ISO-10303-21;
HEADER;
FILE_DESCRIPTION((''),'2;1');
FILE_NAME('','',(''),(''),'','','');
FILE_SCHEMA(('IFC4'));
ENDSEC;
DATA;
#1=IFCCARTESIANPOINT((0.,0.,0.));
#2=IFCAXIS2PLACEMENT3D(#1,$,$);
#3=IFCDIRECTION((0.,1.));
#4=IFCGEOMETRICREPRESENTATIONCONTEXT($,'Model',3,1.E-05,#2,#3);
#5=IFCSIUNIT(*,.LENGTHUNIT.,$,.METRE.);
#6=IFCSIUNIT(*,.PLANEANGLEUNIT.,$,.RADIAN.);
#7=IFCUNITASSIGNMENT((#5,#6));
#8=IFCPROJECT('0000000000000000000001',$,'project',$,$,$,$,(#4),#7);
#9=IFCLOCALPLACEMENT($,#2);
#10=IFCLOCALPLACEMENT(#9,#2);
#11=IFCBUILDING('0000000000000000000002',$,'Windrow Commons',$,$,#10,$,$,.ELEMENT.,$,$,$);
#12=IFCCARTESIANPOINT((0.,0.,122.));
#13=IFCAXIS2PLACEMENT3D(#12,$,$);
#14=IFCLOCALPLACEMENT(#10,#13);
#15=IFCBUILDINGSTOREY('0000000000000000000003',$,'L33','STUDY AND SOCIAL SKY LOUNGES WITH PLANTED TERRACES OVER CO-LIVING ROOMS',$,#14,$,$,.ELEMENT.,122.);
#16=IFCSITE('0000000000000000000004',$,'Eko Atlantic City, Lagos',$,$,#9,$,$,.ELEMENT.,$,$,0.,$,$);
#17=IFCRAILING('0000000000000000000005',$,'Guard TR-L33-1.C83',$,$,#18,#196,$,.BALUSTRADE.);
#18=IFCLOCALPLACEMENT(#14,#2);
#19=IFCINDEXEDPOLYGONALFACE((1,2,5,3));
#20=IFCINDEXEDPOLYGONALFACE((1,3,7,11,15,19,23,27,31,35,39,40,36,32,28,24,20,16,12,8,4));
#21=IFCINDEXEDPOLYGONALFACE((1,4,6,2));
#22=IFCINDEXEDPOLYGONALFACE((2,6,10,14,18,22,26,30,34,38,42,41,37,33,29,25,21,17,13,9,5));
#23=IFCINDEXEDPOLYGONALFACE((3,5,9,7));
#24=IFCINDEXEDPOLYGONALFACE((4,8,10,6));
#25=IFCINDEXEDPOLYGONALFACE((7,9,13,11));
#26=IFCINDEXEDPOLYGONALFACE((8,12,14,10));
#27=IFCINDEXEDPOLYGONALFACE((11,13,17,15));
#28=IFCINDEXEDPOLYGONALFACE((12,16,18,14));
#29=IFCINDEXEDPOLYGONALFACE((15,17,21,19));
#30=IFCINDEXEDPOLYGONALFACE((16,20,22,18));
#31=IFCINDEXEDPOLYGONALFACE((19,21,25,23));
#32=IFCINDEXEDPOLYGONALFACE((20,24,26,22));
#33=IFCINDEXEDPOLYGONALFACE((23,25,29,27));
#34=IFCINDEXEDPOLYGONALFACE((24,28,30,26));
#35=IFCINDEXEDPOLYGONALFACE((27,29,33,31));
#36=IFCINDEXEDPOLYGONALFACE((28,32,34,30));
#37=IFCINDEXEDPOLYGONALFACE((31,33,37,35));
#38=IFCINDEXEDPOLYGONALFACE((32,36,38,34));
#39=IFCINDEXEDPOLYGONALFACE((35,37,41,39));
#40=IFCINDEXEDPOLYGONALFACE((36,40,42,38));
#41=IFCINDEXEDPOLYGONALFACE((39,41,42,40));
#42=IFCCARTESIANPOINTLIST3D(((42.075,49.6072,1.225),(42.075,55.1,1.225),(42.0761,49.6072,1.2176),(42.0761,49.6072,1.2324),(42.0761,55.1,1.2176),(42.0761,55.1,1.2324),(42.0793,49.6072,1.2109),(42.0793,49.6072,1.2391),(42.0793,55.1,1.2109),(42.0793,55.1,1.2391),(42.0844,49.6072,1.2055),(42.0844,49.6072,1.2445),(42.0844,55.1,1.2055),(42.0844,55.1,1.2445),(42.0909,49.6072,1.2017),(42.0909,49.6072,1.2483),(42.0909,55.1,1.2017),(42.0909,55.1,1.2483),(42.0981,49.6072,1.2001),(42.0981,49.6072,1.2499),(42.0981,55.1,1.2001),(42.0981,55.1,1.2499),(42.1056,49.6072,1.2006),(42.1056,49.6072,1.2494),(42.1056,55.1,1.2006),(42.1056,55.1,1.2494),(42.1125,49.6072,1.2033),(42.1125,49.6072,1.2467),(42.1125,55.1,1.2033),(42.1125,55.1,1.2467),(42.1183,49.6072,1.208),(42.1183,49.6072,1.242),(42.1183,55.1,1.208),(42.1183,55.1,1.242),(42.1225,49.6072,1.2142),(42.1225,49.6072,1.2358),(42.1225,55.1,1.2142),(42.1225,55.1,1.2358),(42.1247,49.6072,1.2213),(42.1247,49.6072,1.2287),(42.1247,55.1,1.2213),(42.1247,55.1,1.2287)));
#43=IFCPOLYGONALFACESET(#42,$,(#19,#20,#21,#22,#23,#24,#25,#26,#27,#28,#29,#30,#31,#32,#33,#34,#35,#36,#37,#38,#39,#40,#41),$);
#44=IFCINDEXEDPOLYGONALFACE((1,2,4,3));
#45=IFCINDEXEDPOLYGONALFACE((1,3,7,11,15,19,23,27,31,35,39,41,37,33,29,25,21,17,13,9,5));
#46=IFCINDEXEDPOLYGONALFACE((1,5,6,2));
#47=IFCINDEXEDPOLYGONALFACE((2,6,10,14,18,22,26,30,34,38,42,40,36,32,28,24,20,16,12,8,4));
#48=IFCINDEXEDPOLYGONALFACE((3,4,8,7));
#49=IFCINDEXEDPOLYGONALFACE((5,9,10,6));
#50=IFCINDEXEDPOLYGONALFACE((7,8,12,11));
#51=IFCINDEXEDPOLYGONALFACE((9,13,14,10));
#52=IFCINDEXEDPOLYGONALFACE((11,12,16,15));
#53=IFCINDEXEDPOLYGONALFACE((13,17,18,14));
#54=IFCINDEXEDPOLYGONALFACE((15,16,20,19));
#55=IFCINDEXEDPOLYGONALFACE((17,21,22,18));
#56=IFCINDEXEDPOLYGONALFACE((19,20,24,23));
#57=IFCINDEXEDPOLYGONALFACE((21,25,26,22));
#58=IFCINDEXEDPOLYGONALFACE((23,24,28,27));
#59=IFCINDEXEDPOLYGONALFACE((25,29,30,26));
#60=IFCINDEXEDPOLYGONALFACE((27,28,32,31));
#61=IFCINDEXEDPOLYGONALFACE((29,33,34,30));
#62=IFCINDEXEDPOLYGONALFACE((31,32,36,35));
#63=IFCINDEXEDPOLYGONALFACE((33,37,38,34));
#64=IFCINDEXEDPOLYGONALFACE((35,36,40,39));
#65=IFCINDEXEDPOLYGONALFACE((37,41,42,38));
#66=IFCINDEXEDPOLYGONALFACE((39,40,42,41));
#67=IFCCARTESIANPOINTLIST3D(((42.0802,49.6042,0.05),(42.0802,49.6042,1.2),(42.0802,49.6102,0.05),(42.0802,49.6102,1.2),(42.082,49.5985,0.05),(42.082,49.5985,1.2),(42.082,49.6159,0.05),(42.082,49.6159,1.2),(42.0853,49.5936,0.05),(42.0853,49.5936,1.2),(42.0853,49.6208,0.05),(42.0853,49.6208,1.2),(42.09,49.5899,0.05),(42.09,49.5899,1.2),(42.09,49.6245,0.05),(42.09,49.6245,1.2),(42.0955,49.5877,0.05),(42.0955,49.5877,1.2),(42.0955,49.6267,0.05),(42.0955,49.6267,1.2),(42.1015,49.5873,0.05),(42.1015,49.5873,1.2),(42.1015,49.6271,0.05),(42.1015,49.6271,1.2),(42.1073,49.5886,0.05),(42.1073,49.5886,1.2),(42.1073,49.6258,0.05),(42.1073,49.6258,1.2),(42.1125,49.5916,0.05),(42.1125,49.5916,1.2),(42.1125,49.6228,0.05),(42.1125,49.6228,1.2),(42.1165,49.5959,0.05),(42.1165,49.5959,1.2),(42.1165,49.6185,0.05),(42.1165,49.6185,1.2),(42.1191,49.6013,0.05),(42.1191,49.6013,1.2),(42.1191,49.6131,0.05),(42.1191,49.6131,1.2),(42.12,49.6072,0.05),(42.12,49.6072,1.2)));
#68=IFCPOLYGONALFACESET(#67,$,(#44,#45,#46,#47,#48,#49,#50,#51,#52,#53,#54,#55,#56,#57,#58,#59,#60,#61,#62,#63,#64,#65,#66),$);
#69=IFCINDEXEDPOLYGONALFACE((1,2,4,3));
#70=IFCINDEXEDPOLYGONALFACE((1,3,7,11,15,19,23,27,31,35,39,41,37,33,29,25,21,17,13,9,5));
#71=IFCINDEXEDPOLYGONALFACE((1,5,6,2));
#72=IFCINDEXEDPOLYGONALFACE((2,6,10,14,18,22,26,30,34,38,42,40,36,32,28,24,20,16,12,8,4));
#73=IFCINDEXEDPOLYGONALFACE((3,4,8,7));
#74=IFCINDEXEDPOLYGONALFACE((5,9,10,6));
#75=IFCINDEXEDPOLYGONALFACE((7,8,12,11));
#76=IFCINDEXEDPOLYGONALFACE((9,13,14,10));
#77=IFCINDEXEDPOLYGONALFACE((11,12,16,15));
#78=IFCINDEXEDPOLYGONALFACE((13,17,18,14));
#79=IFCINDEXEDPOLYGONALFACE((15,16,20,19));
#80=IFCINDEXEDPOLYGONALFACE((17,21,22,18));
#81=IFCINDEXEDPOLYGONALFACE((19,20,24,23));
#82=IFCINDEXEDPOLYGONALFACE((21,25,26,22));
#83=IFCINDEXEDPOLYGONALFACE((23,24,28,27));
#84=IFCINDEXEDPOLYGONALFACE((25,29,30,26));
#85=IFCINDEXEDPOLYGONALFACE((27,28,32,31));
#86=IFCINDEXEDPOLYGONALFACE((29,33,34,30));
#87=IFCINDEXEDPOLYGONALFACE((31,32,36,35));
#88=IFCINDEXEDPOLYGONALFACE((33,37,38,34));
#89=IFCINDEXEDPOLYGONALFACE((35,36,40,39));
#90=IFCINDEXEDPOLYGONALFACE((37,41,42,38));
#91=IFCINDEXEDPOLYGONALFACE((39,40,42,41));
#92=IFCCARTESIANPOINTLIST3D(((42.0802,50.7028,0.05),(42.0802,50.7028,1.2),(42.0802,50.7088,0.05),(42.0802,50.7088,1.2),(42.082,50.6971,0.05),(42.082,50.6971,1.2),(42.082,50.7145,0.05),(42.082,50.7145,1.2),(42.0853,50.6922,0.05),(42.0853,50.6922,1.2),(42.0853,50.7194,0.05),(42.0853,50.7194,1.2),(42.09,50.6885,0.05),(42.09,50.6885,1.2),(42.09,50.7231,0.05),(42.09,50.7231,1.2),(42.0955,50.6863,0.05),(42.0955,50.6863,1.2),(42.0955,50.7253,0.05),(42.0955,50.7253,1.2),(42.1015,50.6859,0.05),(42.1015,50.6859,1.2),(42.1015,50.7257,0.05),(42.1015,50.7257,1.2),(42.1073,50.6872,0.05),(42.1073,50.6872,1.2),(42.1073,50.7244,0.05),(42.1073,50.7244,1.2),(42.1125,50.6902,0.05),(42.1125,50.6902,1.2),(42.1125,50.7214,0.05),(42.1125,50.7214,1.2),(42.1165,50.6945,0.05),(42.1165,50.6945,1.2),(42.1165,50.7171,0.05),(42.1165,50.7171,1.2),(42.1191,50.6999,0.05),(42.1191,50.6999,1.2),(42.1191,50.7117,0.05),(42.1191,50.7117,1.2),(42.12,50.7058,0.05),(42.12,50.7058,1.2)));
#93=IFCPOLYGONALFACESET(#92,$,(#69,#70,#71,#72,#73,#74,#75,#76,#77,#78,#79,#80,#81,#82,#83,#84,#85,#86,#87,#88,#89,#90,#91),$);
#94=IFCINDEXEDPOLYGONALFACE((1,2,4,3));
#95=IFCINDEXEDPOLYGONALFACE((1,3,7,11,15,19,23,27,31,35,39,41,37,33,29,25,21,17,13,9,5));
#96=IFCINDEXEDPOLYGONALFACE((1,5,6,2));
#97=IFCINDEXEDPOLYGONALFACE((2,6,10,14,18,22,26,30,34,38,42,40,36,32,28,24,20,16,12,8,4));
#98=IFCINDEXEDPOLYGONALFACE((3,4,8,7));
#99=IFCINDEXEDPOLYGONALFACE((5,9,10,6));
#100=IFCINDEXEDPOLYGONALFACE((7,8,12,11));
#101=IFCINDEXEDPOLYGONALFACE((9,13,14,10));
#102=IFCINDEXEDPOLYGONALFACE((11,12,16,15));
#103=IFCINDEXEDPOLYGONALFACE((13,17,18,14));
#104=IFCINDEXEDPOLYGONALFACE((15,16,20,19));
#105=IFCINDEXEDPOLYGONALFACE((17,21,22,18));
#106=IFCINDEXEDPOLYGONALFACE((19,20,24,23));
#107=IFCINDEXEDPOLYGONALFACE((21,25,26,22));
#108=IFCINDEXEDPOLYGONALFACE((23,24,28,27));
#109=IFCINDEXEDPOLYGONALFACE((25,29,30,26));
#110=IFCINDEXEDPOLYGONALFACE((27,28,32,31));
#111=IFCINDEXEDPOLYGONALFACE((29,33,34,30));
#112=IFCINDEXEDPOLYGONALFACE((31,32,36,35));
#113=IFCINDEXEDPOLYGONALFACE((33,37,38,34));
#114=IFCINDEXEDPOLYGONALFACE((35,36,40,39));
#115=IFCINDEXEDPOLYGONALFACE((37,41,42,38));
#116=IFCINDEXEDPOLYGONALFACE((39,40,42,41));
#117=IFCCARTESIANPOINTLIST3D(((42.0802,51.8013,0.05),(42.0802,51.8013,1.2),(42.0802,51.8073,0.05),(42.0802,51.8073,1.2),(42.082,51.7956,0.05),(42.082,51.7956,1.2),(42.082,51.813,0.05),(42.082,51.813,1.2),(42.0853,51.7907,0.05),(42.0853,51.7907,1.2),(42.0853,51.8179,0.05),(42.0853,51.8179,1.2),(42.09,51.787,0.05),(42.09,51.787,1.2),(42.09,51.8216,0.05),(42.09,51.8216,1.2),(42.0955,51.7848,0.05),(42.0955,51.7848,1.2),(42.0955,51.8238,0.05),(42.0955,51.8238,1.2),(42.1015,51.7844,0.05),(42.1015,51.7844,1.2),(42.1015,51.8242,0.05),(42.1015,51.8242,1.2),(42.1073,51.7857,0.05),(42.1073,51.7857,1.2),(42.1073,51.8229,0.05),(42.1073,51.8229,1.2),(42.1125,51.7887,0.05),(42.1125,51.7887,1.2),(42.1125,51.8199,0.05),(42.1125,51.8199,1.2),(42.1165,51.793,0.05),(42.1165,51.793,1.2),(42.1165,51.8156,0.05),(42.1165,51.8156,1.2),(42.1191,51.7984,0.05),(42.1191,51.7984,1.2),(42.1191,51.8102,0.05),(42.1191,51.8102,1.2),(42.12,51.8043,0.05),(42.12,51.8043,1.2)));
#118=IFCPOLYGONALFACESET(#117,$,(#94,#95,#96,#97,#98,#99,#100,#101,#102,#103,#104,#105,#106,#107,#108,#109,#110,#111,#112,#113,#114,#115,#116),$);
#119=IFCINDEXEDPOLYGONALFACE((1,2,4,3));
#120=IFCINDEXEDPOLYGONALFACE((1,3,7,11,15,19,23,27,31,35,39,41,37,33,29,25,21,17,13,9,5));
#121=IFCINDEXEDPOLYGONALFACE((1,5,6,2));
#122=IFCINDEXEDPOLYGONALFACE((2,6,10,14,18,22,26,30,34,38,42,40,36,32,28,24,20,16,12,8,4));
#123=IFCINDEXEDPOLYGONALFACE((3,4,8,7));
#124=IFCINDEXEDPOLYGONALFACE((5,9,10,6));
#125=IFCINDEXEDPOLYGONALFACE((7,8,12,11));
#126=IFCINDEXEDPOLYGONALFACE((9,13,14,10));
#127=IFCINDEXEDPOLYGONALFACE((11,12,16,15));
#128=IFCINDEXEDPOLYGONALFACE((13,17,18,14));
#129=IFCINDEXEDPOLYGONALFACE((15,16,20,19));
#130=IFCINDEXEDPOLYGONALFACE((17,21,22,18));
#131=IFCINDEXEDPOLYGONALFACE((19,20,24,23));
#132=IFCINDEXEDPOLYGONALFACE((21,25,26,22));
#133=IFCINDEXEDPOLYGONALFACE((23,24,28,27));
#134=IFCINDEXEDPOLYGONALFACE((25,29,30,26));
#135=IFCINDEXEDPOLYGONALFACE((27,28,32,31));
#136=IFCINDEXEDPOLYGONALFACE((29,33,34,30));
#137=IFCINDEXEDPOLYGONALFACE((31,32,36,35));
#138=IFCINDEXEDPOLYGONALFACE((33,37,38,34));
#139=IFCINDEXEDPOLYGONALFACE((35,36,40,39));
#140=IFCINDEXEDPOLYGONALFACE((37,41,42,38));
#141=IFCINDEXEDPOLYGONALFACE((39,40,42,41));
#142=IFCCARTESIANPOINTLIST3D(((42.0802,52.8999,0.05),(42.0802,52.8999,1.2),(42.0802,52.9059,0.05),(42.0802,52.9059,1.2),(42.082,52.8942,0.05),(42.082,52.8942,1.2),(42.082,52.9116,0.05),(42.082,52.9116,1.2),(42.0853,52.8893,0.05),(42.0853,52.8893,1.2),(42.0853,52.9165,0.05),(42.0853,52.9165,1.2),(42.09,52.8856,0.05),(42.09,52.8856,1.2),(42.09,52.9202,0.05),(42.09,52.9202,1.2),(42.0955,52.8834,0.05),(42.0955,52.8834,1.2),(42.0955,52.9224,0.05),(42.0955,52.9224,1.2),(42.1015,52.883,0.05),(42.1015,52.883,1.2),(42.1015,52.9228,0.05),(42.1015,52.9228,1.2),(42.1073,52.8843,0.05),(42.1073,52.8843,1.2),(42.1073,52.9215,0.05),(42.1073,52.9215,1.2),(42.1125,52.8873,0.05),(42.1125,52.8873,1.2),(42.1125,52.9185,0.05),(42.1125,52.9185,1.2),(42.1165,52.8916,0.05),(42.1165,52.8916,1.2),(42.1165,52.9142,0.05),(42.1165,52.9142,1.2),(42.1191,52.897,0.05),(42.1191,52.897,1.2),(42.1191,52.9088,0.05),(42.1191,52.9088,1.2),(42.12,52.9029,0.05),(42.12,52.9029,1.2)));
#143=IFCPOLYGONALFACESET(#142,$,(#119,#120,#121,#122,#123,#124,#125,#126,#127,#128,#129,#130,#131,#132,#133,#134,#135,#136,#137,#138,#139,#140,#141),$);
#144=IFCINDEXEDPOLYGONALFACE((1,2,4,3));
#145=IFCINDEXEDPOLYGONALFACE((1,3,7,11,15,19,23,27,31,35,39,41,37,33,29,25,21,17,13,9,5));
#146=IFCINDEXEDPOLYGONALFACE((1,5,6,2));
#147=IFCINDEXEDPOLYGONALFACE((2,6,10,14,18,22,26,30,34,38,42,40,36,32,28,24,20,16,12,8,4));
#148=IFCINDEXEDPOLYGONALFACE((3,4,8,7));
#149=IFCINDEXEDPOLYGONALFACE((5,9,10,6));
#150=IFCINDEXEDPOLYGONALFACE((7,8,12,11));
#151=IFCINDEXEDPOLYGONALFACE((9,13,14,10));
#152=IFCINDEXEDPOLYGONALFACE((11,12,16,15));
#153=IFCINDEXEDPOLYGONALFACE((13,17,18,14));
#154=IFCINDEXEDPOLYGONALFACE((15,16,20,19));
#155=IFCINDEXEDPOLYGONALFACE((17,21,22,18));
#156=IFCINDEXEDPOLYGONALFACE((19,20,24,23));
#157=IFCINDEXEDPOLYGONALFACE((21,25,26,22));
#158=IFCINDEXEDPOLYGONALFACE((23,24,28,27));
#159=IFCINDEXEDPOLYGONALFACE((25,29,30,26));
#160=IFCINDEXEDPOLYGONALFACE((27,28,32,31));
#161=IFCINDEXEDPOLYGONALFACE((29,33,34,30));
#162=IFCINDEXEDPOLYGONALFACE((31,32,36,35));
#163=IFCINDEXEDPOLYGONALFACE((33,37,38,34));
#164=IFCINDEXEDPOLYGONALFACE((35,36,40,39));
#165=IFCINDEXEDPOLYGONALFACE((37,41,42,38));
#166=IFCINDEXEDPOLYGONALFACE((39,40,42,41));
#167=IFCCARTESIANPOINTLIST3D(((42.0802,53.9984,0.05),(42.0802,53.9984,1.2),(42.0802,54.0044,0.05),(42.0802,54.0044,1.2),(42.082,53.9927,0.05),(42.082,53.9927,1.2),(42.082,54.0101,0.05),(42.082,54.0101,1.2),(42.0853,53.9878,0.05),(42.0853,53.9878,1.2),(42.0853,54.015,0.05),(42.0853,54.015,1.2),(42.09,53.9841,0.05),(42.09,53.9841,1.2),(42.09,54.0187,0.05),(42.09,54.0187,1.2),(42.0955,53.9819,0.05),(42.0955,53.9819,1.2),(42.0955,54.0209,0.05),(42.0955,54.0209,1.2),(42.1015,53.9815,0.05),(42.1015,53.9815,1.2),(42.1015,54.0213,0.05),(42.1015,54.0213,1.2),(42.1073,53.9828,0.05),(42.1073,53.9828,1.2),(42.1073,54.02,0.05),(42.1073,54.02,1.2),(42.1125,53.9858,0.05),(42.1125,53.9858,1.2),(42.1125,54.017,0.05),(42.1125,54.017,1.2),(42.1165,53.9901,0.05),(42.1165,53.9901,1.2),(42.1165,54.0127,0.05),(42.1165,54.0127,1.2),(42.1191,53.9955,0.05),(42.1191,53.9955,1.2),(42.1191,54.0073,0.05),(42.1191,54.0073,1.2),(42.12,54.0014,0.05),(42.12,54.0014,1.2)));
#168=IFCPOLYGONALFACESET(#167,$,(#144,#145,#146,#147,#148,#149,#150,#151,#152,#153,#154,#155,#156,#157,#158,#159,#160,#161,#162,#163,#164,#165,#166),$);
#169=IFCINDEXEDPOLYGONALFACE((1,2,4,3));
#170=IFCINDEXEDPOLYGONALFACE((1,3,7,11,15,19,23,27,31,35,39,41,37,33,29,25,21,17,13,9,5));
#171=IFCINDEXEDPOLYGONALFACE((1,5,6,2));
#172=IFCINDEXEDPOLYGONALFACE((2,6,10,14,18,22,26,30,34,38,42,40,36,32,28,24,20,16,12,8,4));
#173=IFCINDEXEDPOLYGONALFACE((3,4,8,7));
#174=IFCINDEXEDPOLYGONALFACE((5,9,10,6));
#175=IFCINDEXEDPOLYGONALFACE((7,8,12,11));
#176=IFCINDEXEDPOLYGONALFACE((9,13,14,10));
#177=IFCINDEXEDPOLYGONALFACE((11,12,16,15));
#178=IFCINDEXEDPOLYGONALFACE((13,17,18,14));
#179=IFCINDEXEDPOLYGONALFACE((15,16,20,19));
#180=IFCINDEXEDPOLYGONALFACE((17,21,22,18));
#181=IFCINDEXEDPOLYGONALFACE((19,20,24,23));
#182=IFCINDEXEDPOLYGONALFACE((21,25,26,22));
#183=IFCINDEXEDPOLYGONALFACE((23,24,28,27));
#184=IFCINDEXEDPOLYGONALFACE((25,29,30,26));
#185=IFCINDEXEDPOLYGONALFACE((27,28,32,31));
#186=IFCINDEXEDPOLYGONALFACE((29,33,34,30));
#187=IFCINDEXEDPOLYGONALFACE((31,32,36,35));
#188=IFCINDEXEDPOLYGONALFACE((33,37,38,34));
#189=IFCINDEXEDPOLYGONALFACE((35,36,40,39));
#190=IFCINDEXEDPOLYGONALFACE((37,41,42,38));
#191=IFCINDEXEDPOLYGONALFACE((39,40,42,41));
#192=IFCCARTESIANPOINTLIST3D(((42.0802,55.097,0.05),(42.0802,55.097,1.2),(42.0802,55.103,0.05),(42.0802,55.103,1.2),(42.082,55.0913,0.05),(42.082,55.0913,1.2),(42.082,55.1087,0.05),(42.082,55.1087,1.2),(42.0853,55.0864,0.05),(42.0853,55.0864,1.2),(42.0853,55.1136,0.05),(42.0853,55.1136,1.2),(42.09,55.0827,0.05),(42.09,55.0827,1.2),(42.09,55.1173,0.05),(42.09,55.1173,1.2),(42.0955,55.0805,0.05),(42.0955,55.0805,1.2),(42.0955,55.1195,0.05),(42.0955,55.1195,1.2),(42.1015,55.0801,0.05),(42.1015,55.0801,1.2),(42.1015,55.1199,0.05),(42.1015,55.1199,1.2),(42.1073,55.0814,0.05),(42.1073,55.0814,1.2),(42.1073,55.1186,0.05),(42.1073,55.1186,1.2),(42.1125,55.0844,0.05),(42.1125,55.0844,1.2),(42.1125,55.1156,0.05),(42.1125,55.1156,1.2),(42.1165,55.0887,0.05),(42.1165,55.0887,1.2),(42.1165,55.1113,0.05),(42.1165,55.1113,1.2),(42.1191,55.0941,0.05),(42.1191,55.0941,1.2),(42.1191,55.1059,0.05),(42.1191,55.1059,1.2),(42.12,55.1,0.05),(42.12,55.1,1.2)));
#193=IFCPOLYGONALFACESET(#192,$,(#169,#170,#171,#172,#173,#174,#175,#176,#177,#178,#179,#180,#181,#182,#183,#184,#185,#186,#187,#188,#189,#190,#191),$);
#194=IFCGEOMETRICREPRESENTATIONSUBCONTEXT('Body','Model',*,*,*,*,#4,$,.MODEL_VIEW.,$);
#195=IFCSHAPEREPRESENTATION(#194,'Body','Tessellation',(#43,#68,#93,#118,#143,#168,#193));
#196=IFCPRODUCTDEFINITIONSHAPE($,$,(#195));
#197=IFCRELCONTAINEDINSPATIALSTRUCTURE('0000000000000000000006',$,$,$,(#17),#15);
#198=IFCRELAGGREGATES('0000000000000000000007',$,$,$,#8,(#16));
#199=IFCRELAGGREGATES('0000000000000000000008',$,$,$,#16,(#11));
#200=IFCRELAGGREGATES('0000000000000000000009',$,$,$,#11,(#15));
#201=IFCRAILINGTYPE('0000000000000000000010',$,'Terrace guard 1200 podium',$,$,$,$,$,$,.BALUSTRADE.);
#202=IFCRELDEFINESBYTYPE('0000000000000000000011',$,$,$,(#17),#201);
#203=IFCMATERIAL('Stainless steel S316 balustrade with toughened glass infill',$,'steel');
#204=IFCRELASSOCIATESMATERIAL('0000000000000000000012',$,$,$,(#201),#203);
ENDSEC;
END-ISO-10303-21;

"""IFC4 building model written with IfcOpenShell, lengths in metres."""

from ifc_helpers import new_model, si_unit, direction, frame, origin, origin_2d, place, context, subcontext, project, spatial, circle, extrude, material, type_object, element, save


model = new_model("IFC4")

# Units and contexts
model_context = context("Model", 3, precision=1e-05, world=origin(), true_north=direction((0.0, 1.0)))
body_context = subcontext(model_context, "Body", "Model", "MODEL_VIEW")
ifc_project = project(units=[si_unit("LENGTHUNIT", "METRE"), si_unit("PLANEANGLEUNIT", "RADIAN")], contexts=[model_context])

# Site, building, storey
site_placement = place(None, origin())
site = spatial("IfcSite", under=ifc_project, at=site_placement, Name="Eko Atlantic City, Lagos", CompositionType="ELEMENT", RefElevation=0.0)
building_placement = place(site_placement, origin())
building = spatial("IfcBuilding", under=site, at=building_placement, Name="Windrow Commons", CompositionType="ELEMENT")
storey_placement = place(building_placement, frame((0.0, 0.0, 122.0)))
storey = spatial("IfcBuildingStorey", under=building, at=storey_placement, Name="L33", Description="STUDY AND SOCIAL SKY LOUNGES WITH PLANTED TERRACES OVER CO-LIVING ROOMS", CompositionType="ELEMENT", Elevation=122.0)

# Railing
ifc_material_1 = material(Name="Stainless steel S316 balustrade with toughened glass infill", Category="steel")
railing_type = type_object("IfcRailingType", Name="Terrace guard 1200 podium", PredefinedType="BALUSTRADE", material=ifc_material_1)
railing_1_placement = place(storey_placement, frame((42.1, 49.6072, 0.05)))
element("IfcRailing", 1, at=railing_1_placement, inside=storey, type_object=railing_type, Name="Guard TR-L33-1.C83", PredefinedType="BALUSTRADE", context=body_context, shape_type="SweptSolid", body=[
    extrude(circle(Radius=0.025, at=origin_2d()), frame((0.0, 0.0, 1.175), z_axis=(0.0, 1.0, 0.0), x_axis=(-1.0, 0.0, 0.0)), (0.0, 0.0, 1.0), 5.4928),
    extrude(circle(Radius=0.02, at=origin_2d()), origin(), (0.0, 0.0, 1.0), 1.15),
    extrude(circle(Radius=0.02, at=origin_2d()), frame((0.0, 1.0986, 0.0)), (0.0, 0.0, 1.0), 1.15),
    extrude(circle(Radius=0.02, at=origin_2d()), frame((0.0, 2.1971, 0.0)), (0.0, 0.0, 1.0), 1.15),
    extrude(circle(Radius=0.02, at=origin_2d()), frame((0.0, 3.2957, 0.0)), (0.0, 0.0, 1.0), 1.15),
    extrude(circle(Radius=0.02, at=origin_2d()), frame((0.0, 4.3942, 0.0)), (0.0, 0.0, 1.0), 1.15),
    extrude(circle(Radius=0.02, at=origin_2d()), frame((0.0, 5.4928, 0.0)), (0.0, 0.0, 1.0), 1.15),
])

save(model, "model.ifc")
